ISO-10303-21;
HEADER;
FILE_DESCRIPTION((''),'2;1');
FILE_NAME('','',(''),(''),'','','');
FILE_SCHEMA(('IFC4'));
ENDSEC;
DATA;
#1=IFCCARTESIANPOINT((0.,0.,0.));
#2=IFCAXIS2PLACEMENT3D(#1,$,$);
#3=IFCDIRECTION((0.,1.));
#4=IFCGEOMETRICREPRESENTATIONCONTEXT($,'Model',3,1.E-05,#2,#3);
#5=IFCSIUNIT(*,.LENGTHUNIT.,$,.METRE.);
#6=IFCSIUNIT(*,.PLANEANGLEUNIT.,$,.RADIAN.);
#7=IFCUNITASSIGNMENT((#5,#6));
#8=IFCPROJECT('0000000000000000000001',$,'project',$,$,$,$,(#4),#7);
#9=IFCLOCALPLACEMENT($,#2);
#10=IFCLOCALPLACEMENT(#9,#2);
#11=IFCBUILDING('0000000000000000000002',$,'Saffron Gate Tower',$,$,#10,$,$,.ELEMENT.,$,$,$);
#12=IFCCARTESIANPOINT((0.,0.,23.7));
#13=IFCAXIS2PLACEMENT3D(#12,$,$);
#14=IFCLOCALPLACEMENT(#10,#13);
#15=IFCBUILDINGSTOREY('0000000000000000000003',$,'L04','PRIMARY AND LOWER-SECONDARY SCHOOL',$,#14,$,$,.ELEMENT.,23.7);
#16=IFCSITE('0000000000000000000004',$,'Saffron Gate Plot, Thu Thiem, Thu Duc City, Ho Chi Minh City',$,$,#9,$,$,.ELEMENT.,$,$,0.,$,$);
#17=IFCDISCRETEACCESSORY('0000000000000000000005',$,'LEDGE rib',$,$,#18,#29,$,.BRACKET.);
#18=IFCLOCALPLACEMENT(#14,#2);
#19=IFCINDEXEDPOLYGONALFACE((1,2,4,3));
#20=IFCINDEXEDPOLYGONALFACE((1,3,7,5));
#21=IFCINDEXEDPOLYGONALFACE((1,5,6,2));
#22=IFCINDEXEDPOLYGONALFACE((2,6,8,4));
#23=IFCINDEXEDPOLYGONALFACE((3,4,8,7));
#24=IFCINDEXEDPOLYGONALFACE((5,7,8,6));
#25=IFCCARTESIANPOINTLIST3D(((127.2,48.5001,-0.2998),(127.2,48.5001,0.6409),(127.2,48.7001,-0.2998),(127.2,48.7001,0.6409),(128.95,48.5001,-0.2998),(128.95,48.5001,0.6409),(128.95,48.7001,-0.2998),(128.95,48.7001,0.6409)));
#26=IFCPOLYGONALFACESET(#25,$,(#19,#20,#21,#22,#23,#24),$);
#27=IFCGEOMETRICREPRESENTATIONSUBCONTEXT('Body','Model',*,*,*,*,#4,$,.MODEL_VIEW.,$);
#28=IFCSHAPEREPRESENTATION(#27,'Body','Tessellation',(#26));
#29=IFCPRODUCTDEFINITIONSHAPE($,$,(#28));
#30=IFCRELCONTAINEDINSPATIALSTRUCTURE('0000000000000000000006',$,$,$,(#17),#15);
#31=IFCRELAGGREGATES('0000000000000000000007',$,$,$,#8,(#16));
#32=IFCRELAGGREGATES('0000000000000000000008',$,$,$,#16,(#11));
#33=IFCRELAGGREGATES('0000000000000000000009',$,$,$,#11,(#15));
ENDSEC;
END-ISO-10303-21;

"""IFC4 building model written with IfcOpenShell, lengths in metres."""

from ifc_helpers import new_model, si_unit, direction, frame, origin, origin_2d, place, context, subcontext, project, spatial, rectangle, extrude, element, save


model = new_model("IFC4")

# Units and contexts
model_context = context("Model", 3, precision=1e-05, world=origin(), true_north=direction((0.0, 1.0)))
body_context = subcontext(model_context, "Body", "Model", "MODEL_VIEW")
ifc_project = project(units=[si_unit("LENGTHUNIT", "METRE"), si_unit("PLANEANGLEUNIT", "RADIAN")], contexts=[model_context])

# Site, building, storey
site_placement = place(None, origin())
site = spatial("IfcSite", under=ifc_project, at=site_placement, Name="Saffron Gate Plot, Thu Thiem, Thu Duc City, Ho Chi Minh City", CompositionType="ELEMENT", RefElevation=0.0)
building_placement = place(site_placement, origin())
building = spatial("IfcBuilding", under=site, at=building_placement, Name="Saffron Gate Tower", CompositionType="ELEMENT")
storey_placement = place(building_placement, frame((0.0, 0.0, 23.7)))
storey = spatial("IfcBuildingStorey", under=building, at=storey_placement, Name="L04", Description="PRIMARY AND LOWER-SECONDARY SCHOOL", CompositionType="ELEMENT", Elevation=23.7)

# Discrete accessory
discrete_accessory_placement = place(storey_placement, frame((128.075, 48.6001, -0.2998), z_axis=(0.0, 0.0, 1.0), x_axis=(0.0, 1.0, 0.0)))
element("IfcDiscreteAccessory", 1, at=discrete_accessory_placement, inside=storey, Name="LEDGE rib", PredefinedType="BRACKET", context=body_context, shape_type="SweptSolid", body=[
    extrude(rectangle(XDim=0.2, YDim=1.75, at=origin_2d()), origin(), (0.0, 0.0, 1.0), 0.9407),
])

save(model, "model.ifc")
